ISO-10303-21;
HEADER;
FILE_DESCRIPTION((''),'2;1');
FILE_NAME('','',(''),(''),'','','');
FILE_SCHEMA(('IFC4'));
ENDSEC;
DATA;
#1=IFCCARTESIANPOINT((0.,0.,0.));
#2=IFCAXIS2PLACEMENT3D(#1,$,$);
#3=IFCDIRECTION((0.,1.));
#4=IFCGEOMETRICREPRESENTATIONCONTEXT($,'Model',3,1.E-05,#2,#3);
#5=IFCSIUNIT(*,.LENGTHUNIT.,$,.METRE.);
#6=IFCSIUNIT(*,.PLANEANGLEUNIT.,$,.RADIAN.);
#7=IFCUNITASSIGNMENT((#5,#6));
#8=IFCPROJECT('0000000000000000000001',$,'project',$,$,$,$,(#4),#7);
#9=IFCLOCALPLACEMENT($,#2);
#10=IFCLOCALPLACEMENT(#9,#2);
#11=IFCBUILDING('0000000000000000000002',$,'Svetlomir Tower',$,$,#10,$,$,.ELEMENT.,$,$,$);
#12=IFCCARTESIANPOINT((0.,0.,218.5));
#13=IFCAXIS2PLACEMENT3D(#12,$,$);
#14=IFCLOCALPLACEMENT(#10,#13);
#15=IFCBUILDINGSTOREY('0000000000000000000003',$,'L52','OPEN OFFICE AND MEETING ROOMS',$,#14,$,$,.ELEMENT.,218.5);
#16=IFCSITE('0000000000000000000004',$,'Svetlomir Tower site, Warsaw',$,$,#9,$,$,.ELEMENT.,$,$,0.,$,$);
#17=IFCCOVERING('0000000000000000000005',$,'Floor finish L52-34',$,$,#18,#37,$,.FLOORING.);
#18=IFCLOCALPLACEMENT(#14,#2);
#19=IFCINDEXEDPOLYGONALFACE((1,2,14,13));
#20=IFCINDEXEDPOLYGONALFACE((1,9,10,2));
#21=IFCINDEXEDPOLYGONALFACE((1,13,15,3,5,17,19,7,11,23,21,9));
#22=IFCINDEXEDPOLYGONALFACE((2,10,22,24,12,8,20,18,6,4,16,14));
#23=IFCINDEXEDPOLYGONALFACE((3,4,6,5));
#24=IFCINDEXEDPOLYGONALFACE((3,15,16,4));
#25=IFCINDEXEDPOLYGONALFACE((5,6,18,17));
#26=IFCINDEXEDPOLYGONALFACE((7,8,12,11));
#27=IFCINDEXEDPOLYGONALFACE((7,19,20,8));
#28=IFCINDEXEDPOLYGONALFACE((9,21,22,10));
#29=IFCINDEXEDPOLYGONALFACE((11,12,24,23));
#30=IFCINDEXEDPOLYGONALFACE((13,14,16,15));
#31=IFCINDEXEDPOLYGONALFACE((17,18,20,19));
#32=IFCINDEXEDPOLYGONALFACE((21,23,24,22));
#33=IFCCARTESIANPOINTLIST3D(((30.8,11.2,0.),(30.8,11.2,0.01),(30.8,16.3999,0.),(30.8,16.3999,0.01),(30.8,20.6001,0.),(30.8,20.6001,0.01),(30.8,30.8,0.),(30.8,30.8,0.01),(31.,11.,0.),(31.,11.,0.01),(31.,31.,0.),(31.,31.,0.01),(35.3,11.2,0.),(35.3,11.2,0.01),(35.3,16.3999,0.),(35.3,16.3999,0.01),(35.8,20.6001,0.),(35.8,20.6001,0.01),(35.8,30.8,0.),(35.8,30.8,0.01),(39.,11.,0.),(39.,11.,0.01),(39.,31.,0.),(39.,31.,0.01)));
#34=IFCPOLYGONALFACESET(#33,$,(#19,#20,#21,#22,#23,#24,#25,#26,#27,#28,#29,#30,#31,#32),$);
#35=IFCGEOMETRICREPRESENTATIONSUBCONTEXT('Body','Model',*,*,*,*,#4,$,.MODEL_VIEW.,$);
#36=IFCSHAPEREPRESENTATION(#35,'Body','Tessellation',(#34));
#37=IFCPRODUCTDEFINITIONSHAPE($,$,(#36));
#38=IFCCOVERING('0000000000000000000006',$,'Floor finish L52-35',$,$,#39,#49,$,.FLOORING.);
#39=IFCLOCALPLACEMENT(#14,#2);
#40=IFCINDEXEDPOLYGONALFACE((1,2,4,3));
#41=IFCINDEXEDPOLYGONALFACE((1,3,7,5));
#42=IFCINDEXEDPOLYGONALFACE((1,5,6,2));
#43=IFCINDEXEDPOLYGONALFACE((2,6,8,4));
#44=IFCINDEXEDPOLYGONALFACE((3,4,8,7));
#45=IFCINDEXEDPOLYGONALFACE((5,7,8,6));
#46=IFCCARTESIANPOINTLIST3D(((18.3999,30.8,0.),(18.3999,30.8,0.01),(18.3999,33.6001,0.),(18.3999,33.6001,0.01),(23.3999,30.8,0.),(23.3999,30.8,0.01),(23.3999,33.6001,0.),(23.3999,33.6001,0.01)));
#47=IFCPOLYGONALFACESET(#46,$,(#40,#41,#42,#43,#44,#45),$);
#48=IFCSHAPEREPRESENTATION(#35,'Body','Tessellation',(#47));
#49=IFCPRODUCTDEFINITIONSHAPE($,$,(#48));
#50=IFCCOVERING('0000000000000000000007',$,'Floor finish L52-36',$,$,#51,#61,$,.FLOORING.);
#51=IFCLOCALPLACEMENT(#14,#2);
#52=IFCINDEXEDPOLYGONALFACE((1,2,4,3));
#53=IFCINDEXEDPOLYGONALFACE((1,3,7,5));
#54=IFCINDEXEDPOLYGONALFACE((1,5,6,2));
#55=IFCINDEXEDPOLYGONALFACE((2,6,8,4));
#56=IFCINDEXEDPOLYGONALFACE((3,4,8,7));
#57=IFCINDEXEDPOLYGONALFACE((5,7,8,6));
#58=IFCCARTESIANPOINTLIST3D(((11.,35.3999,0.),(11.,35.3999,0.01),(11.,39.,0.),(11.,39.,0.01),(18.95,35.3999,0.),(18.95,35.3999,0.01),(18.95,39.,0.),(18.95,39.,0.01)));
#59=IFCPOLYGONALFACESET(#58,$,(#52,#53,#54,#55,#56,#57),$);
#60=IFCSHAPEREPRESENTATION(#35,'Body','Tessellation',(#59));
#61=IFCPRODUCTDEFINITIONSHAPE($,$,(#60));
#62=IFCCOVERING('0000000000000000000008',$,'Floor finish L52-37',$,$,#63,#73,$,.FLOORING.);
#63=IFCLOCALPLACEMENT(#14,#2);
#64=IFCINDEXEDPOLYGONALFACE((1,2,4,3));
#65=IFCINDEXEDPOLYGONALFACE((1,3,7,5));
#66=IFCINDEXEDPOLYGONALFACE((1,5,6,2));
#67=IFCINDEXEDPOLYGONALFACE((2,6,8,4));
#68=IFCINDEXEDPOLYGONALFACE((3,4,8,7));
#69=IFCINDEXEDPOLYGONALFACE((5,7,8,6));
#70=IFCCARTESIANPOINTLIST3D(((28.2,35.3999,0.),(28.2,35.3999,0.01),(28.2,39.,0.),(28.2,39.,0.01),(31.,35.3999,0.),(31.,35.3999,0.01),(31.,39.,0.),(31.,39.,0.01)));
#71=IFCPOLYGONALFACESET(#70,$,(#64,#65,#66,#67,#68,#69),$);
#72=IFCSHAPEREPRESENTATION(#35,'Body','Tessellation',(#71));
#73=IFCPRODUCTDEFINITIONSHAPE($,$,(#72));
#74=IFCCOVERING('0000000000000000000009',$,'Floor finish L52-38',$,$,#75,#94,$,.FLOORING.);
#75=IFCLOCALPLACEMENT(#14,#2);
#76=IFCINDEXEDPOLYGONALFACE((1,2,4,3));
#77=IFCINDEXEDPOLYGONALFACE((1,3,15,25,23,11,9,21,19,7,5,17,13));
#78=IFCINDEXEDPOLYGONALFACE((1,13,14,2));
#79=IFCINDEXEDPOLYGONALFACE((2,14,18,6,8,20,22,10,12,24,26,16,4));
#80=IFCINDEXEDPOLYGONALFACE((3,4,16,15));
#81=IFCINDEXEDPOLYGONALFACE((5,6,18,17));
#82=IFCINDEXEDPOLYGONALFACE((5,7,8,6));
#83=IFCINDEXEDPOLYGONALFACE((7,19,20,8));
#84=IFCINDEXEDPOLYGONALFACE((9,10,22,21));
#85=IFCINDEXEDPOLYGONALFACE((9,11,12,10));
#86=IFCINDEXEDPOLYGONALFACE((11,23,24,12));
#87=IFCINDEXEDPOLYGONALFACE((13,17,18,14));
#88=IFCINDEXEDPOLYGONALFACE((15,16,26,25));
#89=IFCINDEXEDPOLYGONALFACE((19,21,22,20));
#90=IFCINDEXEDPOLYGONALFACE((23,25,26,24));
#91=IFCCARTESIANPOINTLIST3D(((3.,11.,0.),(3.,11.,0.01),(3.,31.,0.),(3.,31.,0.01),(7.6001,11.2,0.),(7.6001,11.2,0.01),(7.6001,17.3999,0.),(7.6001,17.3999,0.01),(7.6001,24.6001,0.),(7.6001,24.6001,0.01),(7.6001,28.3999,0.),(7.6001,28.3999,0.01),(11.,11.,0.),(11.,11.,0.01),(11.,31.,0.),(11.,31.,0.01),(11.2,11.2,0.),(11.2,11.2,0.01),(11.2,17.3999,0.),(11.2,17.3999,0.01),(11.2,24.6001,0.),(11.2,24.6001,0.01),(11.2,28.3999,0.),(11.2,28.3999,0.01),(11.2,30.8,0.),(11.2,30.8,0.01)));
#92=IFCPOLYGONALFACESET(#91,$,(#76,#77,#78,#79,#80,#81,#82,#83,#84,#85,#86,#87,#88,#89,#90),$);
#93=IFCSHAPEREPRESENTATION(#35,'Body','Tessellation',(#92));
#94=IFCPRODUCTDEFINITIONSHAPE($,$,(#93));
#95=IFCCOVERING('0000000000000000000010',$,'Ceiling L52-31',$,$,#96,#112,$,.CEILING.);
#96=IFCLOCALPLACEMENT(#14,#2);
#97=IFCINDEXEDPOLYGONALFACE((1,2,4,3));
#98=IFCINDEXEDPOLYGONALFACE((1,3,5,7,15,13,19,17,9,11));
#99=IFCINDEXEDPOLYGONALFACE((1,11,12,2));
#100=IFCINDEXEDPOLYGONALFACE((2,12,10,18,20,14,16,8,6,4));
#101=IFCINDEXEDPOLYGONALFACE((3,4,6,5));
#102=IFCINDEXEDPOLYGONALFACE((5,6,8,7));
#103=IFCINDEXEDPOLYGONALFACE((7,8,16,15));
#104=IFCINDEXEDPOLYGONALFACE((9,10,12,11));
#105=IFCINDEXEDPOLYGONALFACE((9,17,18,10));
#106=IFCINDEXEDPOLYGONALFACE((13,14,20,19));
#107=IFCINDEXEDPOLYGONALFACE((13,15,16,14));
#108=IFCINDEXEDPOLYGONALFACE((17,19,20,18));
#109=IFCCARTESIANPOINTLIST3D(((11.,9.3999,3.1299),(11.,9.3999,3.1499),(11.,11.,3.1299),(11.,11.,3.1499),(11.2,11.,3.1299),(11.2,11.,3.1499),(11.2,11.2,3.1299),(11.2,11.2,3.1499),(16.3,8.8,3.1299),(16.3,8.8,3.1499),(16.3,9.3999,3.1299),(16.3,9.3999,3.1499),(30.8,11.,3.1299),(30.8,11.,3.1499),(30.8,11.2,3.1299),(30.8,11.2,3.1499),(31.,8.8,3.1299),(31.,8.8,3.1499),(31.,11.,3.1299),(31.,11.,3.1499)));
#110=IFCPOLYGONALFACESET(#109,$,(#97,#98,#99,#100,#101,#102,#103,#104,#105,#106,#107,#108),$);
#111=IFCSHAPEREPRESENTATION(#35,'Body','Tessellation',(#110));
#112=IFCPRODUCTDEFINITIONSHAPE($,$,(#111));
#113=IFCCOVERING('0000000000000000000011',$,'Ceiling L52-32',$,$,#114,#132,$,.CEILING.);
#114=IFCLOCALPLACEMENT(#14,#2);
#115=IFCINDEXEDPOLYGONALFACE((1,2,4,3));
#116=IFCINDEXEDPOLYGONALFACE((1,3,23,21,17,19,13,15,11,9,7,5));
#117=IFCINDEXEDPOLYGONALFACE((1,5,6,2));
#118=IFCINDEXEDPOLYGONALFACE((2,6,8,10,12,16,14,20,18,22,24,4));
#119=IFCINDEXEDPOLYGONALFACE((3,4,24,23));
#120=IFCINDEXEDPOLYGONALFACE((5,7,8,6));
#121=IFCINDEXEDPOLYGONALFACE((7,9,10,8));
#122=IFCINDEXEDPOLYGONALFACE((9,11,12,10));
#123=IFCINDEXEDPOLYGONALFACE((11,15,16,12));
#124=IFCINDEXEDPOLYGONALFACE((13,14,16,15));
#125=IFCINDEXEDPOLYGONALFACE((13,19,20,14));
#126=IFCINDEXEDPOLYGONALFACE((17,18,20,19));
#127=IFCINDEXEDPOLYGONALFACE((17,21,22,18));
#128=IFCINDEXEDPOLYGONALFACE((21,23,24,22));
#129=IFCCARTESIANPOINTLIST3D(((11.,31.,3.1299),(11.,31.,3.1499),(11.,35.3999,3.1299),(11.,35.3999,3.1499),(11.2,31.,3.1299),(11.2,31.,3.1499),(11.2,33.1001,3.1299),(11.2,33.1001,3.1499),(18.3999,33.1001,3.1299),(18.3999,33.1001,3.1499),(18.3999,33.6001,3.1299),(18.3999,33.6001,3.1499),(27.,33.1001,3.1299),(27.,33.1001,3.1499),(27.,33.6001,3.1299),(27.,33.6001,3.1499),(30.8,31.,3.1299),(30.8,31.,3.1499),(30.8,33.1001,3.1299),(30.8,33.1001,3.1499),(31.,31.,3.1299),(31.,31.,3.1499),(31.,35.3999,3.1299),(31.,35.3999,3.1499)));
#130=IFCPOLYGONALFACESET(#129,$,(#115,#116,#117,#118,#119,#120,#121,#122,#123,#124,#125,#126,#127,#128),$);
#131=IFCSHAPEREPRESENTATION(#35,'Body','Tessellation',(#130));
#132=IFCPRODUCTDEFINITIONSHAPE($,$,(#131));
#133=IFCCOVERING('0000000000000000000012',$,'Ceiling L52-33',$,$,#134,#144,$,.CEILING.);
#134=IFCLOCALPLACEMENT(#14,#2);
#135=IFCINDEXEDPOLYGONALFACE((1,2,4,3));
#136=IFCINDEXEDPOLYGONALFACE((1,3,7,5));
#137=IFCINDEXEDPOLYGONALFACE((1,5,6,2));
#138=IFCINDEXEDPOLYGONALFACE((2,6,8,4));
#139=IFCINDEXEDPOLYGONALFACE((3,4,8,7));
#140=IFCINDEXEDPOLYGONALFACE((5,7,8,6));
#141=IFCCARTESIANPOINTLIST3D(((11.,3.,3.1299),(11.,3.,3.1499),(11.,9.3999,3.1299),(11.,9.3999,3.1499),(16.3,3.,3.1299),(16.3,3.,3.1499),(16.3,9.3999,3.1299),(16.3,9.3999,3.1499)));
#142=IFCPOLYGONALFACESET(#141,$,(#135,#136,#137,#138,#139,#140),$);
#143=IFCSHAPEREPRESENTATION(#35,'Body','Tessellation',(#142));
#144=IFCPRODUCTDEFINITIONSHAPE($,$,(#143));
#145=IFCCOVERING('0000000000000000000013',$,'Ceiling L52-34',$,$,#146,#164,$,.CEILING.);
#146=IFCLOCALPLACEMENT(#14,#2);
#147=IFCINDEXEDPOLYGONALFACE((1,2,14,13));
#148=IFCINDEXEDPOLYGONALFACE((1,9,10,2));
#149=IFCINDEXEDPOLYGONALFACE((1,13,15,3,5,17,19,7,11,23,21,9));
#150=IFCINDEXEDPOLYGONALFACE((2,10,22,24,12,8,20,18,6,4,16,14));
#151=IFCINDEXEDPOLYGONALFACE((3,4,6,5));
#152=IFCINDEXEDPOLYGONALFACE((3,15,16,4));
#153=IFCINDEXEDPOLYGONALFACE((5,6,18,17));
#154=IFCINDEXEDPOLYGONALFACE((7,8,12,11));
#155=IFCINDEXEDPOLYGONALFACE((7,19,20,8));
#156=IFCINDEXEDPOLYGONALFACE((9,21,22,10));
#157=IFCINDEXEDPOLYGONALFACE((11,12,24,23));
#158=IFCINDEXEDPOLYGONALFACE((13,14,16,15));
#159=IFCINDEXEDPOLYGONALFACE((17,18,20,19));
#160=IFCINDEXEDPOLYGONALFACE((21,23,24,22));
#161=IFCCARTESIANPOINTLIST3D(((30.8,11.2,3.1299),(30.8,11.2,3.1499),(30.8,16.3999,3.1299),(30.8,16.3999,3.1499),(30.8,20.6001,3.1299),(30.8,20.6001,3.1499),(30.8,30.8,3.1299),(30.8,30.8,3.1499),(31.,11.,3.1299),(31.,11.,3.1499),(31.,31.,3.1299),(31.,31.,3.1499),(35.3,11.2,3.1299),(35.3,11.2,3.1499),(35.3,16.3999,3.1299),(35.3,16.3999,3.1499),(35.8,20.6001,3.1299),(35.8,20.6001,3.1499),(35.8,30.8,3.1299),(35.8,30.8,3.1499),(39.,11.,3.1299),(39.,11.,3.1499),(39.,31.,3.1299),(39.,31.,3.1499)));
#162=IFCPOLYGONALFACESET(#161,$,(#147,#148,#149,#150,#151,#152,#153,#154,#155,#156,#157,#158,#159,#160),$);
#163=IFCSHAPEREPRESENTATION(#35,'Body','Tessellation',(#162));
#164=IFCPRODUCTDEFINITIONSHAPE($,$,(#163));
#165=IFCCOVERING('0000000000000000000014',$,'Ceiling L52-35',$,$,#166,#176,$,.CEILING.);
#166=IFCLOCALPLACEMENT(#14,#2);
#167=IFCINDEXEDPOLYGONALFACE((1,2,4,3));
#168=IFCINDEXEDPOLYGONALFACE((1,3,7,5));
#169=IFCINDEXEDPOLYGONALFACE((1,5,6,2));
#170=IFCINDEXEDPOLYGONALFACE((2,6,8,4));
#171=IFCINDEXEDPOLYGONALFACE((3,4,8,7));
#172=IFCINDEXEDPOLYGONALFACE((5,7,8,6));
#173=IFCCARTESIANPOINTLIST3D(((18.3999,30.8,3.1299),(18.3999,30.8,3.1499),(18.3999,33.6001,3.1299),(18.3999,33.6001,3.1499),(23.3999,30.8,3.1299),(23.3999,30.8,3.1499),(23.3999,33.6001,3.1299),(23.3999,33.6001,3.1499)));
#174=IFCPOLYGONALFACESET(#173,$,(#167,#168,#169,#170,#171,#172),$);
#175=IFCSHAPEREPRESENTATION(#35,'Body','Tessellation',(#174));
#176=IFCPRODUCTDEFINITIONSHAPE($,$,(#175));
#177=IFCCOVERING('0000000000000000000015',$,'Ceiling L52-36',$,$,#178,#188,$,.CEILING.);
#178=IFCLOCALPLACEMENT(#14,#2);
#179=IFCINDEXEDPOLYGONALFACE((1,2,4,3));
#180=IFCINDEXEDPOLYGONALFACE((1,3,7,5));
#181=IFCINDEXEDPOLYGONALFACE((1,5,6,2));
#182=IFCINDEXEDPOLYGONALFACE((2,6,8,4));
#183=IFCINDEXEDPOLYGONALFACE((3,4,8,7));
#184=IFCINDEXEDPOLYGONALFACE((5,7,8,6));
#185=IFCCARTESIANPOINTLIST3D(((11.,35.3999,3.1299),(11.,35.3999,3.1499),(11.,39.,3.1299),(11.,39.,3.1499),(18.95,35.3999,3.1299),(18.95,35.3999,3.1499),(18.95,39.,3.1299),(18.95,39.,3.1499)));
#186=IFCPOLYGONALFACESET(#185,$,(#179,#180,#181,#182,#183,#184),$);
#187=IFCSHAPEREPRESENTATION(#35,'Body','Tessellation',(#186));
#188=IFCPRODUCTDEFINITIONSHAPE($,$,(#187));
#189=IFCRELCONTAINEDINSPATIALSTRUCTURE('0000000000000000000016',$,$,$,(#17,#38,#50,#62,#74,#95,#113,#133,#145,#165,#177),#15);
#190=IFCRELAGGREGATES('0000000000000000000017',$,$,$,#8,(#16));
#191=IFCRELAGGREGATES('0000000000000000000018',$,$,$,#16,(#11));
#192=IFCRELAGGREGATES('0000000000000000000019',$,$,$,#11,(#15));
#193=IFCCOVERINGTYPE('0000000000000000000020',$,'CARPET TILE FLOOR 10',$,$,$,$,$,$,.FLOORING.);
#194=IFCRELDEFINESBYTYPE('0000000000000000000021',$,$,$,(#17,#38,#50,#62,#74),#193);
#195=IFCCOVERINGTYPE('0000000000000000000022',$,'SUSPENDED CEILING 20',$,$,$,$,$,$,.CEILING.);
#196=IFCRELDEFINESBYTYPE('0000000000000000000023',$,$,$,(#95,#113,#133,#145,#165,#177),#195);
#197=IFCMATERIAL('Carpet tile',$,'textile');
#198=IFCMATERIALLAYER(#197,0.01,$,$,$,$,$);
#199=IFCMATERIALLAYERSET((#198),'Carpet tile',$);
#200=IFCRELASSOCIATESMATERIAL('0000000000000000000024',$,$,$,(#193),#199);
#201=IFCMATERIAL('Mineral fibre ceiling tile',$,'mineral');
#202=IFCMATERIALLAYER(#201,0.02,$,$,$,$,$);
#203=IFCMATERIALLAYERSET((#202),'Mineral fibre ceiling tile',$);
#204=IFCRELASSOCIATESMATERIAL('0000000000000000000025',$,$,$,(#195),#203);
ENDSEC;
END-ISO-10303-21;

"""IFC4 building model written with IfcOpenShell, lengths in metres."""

from ifc_helpers import new_model, si_unit, direction, frame, origin, place, context, subcontext, project, spatial, polyline, outline, extrude, material, layer, layer_set, type_object, element, save


model = new_model("IFC4")

# Units and contexts
model_context = context("Model", 3, precision=1e-05, world=origin(), true_north=direction((0.0, 1.0)))
body_context = subcontext(model_context, "Body", "Model", "MODEL_VIEW")
ifc_project = project(units=[si_unit("LENGTHUNIT", "METRE"), si_unit("PLANEANGLEUNIT", "RADIAN")], contexts=[model_context])

# Site, building, storey
site_placement = place(None, origin())
site = spatial("IfcSite", under=ifc_project, at=site_placement, Name="Svetlomir Tower site, Warsaw", CompositionType="ELEMENT", RefElevation=0.0)
building_placement = place(site_placement, origin())
building = spatial("IfcBuilding", under=site, at=building_placement, Name="Svetlomir Tower", CompositionType="ELEMENT")
storey_placement = place(building_placement, frame((0.0, 0.0, 218.5)))
storey = spatial("IfcBuildingStorey", under=building, at=storey_placement, Name="L52", Description="OPEN OFFICE AND MEETING ROOMS", CompositionType="ELEMENT", Elevation=218.5)

# Coverings
ifc_material_1 = material(Name="Carpet tile", Category="textile")
ifc_layer_1 = layer(ifc_material_1, 0.01)
ifc_layer_set_1 = layer_set([ifc_layer_1], Name="Carpet tile")
covering_type_1 = type_object("IfcCoveringType", Name="CARPET TILE FLOOR 10", PredefinedType="FLOORING", material=ifc_layer_set_1)
covering_1_placement = place(storey_placement, origin())
element("IfcCovering", 1, at=covering_1_placement, inside=storey, type_object=covering_type_1, Name="Floor finish L52-34", PredefinedType="FLOORING", context=body_context, shape_type="SweptSolid", body=[
    extrude(outline(polyline([(30.8, 30.8), (31.0, 31.0), (39.0, 31.0), (39.0, 11.0), (31.0, 11.0), (30.8, 11.2), (35.3, 11.2), (35.3, 16.3999), (30.8, 16.3999), (30.8, 20.6001), (35.8, 20.6001), (35.8, 30.8), (30.8, 30.8)])), origin(), (0.0, 0.0, 1.0), 0.01),
])
covering_2_placement = place(storey_placement, origin())
element("IfcCovering", 2, at=covering_2_placement, inside=storey, type_object=covering_type_1, Name="Floor finish L52-35", PredefinedType="FLOORING", context=body_context, shape_type="SweptSolid", body=[
    extrude(outline(polyline([(18.3999, 30.8), (18.3999, 33.6001), (23.3999, 33.6001), (23.3999, 30.8), (18.3999, 30.8)])), origin(), (0.0, 0.0, 1.0), 0.01),
])
covering_3_placement = place(storey_placement, origin())
element("IfcCovering", 3, at=covering_3_placement, inside=storey, type_object=covering_type_1, Name="Floor finish L52-36", PredefinedType="FLOORING", context=body_context, shape_type="SweptSolid", body=[
    extrude(outline(polyline([(18.95, 39.0), (18.95, 35.3999), (11.0, 35.3999), (11.0, 39.0), (18.95, 39.0)])), origin(), (0.0, 0.0, 1.0), 0.01),
])
covering_4_placement = place(storey_placement, origin())
element("IfcCovering", 4, at=covering_4_placement, inside=storey, type_object=covering_type_1, Name="Floor finish L52-37", PredefinedType="FLOORING", context=body_context, shape_type="SweptSolid", body=[
    extrude(outline(polyline([(31.0, 39.0), (31.0, 35.3999), (28.2, 35.3999), (28.2, 39.0), (31.0, 39.0)])), origin(), (0.0, 0.0, 1.0), 0.01),
])
covering_5_placement = place(storey_placement, origin())
element("IfcCovering", 5, at=covering_5_placement, inside=storey, type_object=covering_type_1, Name="Floor finish L52-38", PredefinedType="FLOORING", context=body_context, shape_type="SweptSolid", body=[
    extrude(outline(polyline([(3.0, 31.0), (11.0, 31.0), (11.2, 30.8), (11.2, 28.3999), (7.6001, 28.3999), (7.6001, 24.6001), (11.2, 24.6001), (11.2, 17.3999), (7.6001, 17.3999), (7.6001, 11.2), (11.2, 11.2), (11.0, 11.0), (3.0, 11.0), (3.0, 31.0)])), origin(), (0.0, 0.0, 1.0), 0.01),
])
ifc_material_2 = material(Name="Mineral fibre ceiling tile", Category="mineral")
ifc_layer_2 = layer(ifc_material_2, 0.02)
ifc_layer_set_2 = layer_set([ifc_layer_2], Name="Mineral fibre ceiling tile")
covering_type_2 = type_object("IfcCoveringType", Name="SUSPENDED CEILING 20", PredefinedType="CEILING", material=ifc_layer_set_2)
covering_6_placement = place(storey_placement, frame((0.0, 0.0, 3.1299)))
element("IfcCovering", 6, at=covering_6_placement, inside=storey, type_object=covering_type_2, Name="Ceiling L52-31", PredefinedType="CEILING", context=body_context, shape_type="SweptSolid", body=[
    extrude(outline(polyline([(16.3, 8.8), (16.3, 9.3999), (11.0, 9.3999), (11.0, 11.0), (11.2, 11.0), (11.2, 11.2), (30.8, 11.2), (30.8, 11.0), (31.0, 11.0), (31.0, 8.8), (16.3, 8.8)])), origin(), (0.0, 0.0, 1.0), 0.02),
])
covering_7_placement = place(storey_placement, frame((0.0, 0.0, 3.1299)))
element("IfcCovering", 7, at=covering_7_placement, inside=storey, type_object=covering_type_2, Name="Ceiling L52-32", PredefinedType="CEILING", context=body_context, shape_type="SweptSolid", body=[
    extrude(outline(polyline([(18.3999, 33.6001), (18.3999, 33.1001), (11.2, 33.1001), (11.2, 31.0), (11.0, 31.0), (11.0, 35.3999), (31.0, 35.3999), (31.0, 31.0), (30.8, 31.0), (30.8, 33.1001), (27.0, 33.1001), (27.0, 33.6001), (18.3999, 33.6001)])), origin(), (0.0, 0.0, 1.0), 0.02),
])
covering_8_placement = place(storey_placement, frame((0.0, 0.0, 3.1299)))
element("IfcCovering", 8, at=covering_8_placement, inside=storey, type_object=covering_type_2, Name="Ceiling L52-33", PredefinedType="CEILING", context=body_context, shape_type="SweptSolid", body=[
    extrude(outline(polyline([(16.3, 9.3999), (16.3, 3.0), (11.0, 3.0), (11.0, 9.3999), (16.3, 9.3999)])), origin(), (0.0, 0.0, 1.0), 0.02),
])
covering_9_placement = place(storey_placement, frame((0.0, 0.0, 3.1299)))
element("IfcCovering", 9, at=covering_9_placement, inside=storey, type_object=covering_type_2, Name="Ceiling L52-34", PredefinedType="CEILING", context=body_context, shape_type="SweptSolid", body=[
    extrude(outline(polyline([(30.8, 30.8), (31.0, 31.0), (39.0, 31.0), (39.0, 11.0), (31.0, 11.0), (30.8, 11.2), (35.3, 11.2), (35.3, 16.3999), (30.8, 16.3999), (30.8, 20.6001), (35.8, 20.6001), (35.8, 30.8), (30.8, 30.8)])), origin(), (0.0, 0.0, 1.0), 0.02),
])
covering_10_placement = place(storey_placement, frame((0.0, 0.0, 3.1299)))
element("IfcCovering", 10, at=covering_10_placement, inside=storey, type_object=covering_type_2, Name="Ceiling L52-35", PredefinedType="CEILING", context=body_context, shape_type="SweptSolid", body=[
    extrude(outline(polyline([(18.3999, 30.8), (18.3999, 33.6001), (23.3999, 33.6001), (23.3999, 30.8), (18.3999, 30.8)])), origin(), (0.0, 0.0, 1.0), 0.02),
])
covering_11_placement = place(storey_placement, frame((0.0, 0.0, 3.1299)))
element("IfcCovering", 11, at=covering_11_placement, inside=storey, type_object=covering_type_2, Name="Ceiling L52-36", PredefinedType="CEILING", context=body_context, shape_type="SweptSolid", body=[
    extrude(outline(polyline([(18.95, 39.0), (18.95, 35.3999), (11.0, 35.3999), (11.0, 39.0), (18.95, 39.0)])), origin(), (0.0, 0.0, 1.0), 0.02),
])

save(model, "model.ifc")
